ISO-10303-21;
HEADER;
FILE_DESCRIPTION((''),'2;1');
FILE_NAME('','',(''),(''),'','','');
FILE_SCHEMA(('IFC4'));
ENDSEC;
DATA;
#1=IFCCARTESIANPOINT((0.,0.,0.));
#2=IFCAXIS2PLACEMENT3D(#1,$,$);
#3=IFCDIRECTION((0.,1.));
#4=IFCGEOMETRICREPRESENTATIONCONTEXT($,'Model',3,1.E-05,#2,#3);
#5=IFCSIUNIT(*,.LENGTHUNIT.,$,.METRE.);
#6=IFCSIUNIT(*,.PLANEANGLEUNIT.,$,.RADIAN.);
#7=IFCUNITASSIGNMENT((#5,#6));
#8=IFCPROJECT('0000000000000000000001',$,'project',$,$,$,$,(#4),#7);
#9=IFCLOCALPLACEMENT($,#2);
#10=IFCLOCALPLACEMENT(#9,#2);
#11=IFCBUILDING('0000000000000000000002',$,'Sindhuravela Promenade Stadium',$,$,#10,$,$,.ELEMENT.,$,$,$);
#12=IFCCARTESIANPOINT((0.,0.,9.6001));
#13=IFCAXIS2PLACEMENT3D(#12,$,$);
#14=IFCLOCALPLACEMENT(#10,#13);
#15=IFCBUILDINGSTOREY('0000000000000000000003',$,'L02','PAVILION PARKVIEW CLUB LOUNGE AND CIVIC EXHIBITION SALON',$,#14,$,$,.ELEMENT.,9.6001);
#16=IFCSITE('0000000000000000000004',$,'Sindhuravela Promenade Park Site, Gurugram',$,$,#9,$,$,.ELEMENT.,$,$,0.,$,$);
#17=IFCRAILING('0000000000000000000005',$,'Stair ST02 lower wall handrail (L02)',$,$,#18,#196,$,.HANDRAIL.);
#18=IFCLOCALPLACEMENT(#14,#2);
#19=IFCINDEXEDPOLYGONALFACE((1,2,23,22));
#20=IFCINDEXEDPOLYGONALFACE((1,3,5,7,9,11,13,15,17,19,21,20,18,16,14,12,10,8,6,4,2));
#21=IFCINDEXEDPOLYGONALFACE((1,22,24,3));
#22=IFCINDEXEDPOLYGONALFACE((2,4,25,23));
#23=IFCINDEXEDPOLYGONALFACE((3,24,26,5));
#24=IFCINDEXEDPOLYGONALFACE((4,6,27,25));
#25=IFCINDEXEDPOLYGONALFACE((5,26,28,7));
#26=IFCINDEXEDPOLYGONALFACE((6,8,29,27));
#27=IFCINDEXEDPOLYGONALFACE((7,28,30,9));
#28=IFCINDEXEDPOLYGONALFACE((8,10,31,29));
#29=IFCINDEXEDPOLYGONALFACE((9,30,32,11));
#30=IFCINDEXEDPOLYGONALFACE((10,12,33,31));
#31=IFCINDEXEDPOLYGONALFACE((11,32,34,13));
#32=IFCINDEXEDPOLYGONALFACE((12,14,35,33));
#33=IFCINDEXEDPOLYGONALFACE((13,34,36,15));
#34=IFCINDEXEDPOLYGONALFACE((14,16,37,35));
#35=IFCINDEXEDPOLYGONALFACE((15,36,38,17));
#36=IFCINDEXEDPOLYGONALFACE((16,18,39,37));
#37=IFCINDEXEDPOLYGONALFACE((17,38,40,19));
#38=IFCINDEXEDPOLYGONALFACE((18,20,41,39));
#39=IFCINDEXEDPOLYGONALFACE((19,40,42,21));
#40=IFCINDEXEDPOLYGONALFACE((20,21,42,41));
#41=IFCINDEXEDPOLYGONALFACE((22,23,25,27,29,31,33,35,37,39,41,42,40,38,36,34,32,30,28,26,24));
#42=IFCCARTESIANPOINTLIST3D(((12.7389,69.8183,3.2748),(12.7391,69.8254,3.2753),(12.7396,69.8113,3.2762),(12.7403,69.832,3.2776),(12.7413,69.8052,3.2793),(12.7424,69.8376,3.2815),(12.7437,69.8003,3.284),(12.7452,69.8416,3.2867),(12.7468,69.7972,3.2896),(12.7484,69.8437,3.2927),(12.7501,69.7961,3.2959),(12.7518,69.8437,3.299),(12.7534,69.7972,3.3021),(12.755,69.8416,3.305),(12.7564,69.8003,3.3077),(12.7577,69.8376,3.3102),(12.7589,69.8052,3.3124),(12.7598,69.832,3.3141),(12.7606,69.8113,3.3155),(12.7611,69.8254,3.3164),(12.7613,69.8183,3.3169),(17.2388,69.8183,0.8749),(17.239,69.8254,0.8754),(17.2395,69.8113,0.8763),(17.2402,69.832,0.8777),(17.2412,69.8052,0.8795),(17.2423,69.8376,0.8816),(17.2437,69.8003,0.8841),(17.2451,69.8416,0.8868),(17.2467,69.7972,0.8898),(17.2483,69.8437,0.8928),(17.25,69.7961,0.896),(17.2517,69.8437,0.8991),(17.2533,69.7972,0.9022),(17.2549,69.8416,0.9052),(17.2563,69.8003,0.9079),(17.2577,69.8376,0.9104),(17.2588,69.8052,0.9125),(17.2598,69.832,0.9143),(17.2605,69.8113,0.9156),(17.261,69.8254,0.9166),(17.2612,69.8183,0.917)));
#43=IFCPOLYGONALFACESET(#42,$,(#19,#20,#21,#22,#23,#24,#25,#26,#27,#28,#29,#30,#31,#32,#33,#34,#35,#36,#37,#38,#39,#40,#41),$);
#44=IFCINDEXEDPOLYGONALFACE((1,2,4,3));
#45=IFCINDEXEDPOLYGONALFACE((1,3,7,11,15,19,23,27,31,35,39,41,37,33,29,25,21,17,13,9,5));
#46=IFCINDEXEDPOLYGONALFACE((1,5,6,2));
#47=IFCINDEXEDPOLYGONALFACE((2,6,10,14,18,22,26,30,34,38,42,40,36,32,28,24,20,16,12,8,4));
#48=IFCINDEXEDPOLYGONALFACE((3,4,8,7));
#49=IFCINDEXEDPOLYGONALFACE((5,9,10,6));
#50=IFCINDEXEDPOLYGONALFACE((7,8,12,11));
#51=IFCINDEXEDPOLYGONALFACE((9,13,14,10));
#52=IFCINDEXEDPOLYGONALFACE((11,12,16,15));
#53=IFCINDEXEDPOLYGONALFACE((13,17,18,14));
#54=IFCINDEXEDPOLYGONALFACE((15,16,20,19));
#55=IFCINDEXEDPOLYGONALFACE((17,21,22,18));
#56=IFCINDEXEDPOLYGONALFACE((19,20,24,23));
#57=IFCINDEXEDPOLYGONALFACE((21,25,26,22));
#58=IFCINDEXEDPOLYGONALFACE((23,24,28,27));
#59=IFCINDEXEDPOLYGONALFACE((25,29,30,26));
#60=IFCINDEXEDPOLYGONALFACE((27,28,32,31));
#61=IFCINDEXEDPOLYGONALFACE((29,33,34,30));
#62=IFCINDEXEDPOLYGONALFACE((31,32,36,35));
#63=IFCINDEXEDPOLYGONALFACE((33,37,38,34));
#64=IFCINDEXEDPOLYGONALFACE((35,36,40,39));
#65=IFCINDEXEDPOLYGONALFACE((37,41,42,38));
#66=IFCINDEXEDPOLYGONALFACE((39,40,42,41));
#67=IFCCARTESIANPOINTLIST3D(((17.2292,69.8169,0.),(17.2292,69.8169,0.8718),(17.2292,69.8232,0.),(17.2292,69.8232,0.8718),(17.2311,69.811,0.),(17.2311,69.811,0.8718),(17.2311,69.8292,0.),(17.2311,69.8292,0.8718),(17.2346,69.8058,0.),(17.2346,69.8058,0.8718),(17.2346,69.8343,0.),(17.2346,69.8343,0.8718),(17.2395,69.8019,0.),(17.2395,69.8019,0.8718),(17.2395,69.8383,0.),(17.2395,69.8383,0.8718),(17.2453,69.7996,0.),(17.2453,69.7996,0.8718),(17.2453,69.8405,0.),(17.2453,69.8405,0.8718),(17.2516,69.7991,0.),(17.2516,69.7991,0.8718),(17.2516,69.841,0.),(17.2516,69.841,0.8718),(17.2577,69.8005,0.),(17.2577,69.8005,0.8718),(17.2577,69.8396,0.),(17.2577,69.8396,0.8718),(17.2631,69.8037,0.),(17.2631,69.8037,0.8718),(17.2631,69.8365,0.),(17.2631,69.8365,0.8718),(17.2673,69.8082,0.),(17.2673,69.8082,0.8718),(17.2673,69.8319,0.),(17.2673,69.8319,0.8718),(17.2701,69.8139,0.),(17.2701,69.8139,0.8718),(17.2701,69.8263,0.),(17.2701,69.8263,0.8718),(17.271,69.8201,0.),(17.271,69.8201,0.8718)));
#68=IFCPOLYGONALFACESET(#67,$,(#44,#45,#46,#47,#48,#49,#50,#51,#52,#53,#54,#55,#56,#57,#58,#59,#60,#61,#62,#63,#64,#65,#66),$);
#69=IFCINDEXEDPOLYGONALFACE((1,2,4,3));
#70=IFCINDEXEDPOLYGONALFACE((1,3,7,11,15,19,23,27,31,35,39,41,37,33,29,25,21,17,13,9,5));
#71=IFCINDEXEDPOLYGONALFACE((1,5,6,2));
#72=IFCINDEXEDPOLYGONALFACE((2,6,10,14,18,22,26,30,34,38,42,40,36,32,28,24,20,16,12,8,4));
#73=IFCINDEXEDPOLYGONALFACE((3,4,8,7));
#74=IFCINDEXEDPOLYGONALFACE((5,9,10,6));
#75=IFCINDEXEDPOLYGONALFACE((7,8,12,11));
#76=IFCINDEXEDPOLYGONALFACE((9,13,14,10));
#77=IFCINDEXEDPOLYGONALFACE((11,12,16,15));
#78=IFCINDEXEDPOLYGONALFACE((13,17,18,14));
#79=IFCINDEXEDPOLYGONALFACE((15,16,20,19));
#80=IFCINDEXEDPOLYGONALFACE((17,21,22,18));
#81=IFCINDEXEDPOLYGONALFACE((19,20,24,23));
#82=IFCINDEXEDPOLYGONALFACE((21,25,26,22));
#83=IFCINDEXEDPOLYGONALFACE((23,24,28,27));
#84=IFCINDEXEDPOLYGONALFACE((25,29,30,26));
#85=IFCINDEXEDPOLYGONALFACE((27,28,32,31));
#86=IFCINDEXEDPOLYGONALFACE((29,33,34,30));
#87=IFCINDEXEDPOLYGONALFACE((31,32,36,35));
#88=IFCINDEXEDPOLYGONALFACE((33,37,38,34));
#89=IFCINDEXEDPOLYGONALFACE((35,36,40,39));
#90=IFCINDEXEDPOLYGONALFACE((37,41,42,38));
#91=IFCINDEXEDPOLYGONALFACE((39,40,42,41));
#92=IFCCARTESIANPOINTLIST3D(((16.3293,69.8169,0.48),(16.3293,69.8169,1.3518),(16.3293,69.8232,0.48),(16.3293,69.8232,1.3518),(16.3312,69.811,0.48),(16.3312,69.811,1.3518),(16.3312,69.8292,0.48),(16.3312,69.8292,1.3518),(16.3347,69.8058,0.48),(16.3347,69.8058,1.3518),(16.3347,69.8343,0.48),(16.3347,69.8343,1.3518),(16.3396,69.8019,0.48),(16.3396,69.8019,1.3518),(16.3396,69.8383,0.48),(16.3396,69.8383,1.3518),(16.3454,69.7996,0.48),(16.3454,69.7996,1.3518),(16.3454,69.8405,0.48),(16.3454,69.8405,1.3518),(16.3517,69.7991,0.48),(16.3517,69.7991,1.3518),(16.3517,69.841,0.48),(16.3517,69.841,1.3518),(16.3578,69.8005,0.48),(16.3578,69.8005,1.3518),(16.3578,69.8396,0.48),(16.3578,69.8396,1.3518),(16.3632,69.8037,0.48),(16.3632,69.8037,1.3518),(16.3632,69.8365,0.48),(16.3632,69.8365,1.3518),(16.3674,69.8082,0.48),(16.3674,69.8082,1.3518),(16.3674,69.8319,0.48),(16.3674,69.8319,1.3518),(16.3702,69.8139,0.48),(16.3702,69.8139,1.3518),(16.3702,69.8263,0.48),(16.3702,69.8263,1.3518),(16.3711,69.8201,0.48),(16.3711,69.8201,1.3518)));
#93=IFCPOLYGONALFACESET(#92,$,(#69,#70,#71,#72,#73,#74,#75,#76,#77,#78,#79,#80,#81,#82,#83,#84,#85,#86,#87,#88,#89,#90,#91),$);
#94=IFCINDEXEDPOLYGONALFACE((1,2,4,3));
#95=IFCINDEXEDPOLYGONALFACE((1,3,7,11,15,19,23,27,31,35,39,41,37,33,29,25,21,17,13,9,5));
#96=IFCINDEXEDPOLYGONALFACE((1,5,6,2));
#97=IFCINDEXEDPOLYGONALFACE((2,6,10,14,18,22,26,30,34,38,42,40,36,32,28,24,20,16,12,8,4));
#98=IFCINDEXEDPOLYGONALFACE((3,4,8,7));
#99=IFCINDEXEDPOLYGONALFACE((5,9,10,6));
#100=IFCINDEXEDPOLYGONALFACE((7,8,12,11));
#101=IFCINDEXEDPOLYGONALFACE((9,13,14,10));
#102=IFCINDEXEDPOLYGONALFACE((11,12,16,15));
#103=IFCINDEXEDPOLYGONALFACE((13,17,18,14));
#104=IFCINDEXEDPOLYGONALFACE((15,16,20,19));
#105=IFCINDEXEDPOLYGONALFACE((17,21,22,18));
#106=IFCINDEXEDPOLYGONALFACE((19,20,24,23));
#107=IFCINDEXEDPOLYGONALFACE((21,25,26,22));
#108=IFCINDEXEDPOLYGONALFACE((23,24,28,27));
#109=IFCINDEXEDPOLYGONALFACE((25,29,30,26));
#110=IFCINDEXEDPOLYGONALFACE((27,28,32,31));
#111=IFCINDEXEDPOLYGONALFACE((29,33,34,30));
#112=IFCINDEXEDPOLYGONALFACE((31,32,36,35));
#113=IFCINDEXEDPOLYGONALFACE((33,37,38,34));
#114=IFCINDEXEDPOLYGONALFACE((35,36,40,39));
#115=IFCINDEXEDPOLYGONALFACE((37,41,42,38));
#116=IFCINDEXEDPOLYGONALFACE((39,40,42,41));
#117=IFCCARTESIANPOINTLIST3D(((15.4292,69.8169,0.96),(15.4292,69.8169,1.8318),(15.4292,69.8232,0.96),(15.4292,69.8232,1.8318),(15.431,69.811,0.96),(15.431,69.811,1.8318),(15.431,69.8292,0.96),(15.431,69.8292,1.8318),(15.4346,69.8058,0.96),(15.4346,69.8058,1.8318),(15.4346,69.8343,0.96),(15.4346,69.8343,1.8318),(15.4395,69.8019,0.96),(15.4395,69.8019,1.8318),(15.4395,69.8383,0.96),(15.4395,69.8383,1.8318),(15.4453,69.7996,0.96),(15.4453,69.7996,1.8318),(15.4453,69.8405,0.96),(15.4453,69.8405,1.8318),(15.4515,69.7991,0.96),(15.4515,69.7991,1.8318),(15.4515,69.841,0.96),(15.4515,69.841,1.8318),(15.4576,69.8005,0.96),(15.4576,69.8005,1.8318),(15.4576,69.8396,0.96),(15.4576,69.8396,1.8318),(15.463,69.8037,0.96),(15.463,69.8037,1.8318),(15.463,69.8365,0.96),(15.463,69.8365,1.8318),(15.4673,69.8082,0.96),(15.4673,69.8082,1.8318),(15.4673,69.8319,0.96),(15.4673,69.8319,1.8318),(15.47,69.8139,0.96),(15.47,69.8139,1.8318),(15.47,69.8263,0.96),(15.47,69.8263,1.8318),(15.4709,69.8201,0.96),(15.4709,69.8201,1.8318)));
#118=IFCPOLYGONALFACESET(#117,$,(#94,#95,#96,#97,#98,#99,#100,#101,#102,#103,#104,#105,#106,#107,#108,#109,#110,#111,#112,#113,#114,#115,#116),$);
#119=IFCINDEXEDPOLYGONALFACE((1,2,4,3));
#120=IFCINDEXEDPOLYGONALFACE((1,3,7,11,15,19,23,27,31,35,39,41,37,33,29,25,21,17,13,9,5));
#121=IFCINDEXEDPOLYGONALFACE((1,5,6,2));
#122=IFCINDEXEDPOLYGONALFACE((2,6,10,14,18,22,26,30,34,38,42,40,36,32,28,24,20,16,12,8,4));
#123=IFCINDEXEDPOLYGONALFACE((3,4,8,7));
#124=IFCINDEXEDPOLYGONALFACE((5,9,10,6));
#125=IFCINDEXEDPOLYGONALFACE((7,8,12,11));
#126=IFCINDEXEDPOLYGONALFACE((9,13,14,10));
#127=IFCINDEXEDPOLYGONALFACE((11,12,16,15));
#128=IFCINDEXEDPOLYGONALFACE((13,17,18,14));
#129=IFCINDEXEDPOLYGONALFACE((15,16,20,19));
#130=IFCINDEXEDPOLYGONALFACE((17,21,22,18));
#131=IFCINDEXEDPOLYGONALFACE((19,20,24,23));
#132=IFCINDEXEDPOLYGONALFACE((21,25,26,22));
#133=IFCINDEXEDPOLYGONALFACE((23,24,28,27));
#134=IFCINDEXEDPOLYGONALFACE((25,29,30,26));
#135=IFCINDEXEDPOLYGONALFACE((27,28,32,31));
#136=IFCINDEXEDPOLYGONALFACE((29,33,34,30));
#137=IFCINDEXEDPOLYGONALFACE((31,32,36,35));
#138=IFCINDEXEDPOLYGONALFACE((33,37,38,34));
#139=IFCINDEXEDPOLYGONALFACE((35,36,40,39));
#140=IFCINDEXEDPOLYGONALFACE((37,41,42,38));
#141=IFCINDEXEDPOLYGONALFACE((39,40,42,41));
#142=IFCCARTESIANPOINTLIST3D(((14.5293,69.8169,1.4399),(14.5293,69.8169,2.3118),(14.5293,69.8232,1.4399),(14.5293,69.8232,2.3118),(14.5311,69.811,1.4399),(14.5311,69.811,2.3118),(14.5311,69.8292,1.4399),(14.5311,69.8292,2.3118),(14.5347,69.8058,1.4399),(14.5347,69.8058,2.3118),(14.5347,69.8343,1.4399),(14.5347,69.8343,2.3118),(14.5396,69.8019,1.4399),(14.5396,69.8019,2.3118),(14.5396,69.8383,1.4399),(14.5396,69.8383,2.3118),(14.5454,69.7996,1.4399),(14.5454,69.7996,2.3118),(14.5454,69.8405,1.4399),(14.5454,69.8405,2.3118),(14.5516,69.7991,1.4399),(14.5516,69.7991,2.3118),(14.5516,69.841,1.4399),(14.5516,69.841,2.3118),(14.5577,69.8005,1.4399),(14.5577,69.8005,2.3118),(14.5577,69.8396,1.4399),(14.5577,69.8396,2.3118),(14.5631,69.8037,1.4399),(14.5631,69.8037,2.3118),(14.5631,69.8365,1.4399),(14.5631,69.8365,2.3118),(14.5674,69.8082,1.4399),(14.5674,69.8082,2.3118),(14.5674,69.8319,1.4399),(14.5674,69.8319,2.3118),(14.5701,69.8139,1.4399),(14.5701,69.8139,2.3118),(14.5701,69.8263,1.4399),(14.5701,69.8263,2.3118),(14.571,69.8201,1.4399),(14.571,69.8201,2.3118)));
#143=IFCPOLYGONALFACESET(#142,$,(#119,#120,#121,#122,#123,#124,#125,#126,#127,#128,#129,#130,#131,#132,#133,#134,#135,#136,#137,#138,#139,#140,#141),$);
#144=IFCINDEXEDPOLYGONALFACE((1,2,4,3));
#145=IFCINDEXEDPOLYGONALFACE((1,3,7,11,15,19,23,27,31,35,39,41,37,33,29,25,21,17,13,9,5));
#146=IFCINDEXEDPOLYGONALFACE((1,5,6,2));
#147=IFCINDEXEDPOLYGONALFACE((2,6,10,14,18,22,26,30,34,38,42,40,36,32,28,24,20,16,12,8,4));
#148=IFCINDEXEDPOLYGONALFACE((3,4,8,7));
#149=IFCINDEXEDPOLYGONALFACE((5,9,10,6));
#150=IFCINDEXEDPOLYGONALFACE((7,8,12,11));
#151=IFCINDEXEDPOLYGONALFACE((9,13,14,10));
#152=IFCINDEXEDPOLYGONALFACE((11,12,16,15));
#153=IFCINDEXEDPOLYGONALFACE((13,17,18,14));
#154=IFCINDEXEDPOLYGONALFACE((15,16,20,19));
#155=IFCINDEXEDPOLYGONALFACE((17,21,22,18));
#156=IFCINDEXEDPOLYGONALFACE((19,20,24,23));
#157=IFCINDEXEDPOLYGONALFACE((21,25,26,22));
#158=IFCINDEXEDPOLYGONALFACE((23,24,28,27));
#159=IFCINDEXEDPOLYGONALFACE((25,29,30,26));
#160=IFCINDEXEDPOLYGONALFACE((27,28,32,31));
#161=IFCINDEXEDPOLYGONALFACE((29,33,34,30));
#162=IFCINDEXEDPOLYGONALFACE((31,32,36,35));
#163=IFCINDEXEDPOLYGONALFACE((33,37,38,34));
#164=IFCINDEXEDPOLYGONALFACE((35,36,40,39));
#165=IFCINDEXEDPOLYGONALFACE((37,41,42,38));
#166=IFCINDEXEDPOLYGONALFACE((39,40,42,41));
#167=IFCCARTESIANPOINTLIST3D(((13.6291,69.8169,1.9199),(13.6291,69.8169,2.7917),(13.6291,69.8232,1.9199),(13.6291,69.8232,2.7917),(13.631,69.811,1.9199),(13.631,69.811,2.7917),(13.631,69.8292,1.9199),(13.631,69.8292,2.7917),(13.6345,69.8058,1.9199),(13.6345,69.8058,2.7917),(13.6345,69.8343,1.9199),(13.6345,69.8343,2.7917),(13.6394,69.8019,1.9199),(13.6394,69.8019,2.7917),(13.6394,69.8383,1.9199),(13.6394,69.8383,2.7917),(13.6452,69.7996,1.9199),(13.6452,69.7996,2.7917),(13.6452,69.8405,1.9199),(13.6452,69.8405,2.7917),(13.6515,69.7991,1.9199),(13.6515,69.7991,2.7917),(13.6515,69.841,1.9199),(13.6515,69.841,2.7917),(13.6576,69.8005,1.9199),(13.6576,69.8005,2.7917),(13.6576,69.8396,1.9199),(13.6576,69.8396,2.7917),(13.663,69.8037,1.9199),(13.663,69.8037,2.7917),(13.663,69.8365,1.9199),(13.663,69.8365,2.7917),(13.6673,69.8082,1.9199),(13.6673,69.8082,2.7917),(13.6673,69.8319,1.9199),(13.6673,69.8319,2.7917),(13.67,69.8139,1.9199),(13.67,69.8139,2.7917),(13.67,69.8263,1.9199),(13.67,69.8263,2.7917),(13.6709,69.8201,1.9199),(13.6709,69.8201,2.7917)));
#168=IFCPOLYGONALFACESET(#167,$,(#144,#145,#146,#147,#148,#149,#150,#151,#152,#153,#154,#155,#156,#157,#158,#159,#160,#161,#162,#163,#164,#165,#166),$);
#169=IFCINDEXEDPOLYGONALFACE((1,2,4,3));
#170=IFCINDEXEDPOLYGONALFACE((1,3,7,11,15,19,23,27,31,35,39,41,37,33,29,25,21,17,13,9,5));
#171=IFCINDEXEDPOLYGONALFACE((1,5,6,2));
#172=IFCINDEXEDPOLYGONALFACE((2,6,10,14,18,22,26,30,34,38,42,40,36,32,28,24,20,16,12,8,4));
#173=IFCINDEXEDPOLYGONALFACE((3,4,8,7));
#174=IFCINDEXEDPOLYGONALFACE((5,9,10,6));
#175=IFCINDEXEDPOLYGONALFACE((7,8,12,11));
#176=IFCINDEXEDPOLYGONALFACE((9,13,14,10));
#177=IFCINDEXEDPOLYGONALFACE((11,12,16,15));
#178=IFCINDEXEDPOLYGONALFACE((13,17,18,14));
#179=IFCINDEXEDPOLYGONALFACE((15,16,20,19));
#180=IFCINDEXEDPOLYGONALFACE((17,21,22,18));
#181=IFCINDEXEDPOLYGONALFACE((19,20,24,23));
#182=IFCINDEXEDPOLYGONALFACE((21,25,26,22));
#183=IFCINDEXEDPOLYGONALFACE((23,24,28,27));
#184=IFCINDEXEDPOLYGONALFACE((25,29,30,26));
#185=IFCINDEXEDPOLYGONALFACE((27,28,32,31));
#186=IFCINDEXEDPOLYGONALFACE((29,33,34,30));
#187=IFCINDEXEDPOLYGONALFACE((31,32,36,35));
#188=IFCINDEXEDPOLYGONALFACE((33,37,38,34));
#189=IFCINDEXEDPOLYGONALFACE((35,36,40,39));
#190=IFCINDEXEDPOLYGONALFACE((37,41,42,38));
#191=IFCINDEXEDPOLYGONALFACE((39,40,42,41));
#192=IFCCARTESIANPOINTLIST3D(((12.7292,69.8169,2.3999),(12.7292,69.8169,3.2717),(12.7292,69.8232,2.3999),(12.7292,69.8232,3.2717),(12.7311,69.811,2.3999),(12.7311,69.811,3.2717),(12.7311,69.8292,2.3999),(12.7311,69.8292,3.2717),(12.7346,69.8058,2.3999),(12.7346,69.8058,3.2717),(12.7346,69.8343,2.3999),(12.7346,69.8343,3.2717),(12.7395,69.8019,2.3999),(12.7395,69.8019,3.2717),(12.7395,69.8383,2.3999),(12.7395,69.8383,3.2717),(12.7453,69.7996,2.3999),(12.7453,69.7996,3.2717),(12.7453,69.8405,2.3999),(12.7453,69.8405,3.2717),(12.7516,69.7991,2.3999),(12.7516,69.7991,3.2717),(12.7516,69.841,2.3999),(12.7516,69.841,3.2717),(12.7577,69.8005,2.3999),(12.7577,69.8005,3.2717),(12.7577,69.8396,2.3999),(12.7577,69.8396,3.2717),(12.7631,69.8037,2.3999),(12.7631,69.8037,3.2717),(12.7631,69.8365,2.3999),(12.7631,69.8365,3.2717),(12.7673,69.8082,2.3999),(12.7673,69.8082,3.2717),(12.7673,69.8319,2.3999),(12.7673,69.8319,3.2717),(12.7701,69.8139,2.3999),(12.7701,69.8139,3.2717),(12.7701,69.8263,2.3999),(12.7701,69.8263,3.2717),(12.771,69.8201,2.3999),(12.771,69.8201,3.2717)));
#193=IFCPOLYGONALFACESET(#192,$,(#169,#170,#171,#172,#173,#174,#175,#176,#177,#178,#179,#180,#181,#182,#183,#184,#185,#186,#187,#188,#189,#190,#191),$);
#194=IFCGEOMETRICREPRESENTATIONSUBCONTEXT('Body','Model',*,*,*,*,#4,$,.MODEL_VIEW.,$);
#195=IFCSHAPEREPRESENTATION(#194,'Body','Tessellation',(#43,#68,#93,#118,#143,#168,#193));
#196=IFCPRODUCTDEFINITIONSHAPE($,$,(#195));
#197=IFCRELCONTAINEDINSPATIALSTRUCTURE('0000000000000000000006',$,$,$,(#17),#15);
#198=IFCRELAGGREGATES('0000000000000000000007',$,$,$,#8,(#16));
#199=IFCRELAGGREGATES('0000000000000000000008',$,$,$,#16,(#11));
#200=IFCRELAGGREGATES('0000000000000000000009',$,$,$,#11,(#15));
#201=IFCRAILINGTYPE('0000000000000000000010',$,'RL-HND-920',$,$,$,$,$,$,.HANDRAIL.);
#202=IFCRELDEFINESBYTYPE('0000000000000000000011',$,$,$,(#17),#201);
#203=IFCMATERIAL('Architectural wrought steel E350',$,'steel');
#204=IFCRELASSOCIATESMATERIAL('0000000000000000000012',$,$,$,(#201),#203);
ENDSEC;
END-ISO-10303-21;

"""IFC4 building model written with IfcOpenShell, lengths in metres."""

from ifc_helpers import new_model, si_unit, direction, frame, origin, origin_2d, place, context, subcontext, project, spatial, circle, extrude, material, type_object, element, save


model = new_model("IFC4")

# Units and contexts
model_context = context("Model", 3, precision=1e-05, world=origin(), true_north=direction((0.0, 1.0)))
body_context = subcontext(model_context, "Body", "Model", "MODEL_VIEW")
ifc_project = project(units=[si_unit("LENGTHUNIT", "METRE"), si_unit("PLANEANGLEUNIT", "RADIAN")], contexts=[model_context])

# Site, building, storey
site_placement = place(None, origin())
site = spatial("IfcSite", under=ifc_project, at=site_placement, Name="Sindhuravela Promenade Park Site, Gurugram", CompositionType="ELEMENT", RefElevation=0.0)
building_placement = place(site_placement, origin())
building = spatial("IfcBuilding", under=site, at=building_placement, Name="Sindhuravela Promenade Stadium", CompositionType="ELEMENT")
storey_placement = place(building_placement, frame((0.0, 0.0, 9.6001)))
storey = spatial("IfcBuildingStorey", under=building, at=storey_placement, Name="L02", Description="PAVILION PARKVIEW CLUB LOUNGE AND CIVIC EXHIBITION SALON", CompositionType="ELEMENT", Elevation=9.6001)

# Railing
ifc_material_1 = material(Name="Architectural wrought steel E350", Category="steel")
railing_type_1 = type_object("IfcRailingType", Name="RL-HND-920", PredefinedType="HANDRAIL", material=ifc_material_1)
railing_1_placement = place(storey_placement, frame((17.25, 69.8201, 0.0)))
element("IfcRailing", 1, at=railing_1_placement, inside=storey, type_object=railing_type_1, Name="Stair ST02 lower wall handrail (L02)", PredefinedType="HANDRAIL", context=body_context, shape_type="SweptSolid", body=[
    extrude(circle(Radius=0.0239, at=origin_2d()), frame((0.0, 0.0, 0.896), z_axis=(-0.882361, 0.0, 0.470573), x_axis=(0.0, -1.0, 0.0)), (0.0, 0.0, 1.0), 5.0999),
    extrude(circle(Radius=0.021, at=origin_2d()), origin(), (0.0, 0.0, 1.0), 0.8718),
    extrude(circle(Radius=0.021, at=origin_2d()), frame((-0.8999, 0.0, 0.48)), (0.0, 0.0, 1.0), 0.8718),
    extrude(circle(Radius=0.021, at=origin_2d()), frame((-1.8, 0.0, 0.96)), (0.0, 0.0, 1.0), 0.8718),
    extrude(circle(Radius=0.021, at=origin_2d()), frame((-2.7, 0.0, 1.4399)), (0.0, 0.0, 1.0), 0.8718),
    extrude(circle(Radius=0.021, at=origin_2d()), frame((-3.6001, 0.0, 1.9199)), (0.0, 0.0, 1.0), 0.8718),
    extrude(circle(Radius=0.021, at=origin_2d()), frame((-4.5, 0.0, 2.3999)), (0.0, 0.0, 1.0), 0.8718),
])

save(model, "model.ifc")
